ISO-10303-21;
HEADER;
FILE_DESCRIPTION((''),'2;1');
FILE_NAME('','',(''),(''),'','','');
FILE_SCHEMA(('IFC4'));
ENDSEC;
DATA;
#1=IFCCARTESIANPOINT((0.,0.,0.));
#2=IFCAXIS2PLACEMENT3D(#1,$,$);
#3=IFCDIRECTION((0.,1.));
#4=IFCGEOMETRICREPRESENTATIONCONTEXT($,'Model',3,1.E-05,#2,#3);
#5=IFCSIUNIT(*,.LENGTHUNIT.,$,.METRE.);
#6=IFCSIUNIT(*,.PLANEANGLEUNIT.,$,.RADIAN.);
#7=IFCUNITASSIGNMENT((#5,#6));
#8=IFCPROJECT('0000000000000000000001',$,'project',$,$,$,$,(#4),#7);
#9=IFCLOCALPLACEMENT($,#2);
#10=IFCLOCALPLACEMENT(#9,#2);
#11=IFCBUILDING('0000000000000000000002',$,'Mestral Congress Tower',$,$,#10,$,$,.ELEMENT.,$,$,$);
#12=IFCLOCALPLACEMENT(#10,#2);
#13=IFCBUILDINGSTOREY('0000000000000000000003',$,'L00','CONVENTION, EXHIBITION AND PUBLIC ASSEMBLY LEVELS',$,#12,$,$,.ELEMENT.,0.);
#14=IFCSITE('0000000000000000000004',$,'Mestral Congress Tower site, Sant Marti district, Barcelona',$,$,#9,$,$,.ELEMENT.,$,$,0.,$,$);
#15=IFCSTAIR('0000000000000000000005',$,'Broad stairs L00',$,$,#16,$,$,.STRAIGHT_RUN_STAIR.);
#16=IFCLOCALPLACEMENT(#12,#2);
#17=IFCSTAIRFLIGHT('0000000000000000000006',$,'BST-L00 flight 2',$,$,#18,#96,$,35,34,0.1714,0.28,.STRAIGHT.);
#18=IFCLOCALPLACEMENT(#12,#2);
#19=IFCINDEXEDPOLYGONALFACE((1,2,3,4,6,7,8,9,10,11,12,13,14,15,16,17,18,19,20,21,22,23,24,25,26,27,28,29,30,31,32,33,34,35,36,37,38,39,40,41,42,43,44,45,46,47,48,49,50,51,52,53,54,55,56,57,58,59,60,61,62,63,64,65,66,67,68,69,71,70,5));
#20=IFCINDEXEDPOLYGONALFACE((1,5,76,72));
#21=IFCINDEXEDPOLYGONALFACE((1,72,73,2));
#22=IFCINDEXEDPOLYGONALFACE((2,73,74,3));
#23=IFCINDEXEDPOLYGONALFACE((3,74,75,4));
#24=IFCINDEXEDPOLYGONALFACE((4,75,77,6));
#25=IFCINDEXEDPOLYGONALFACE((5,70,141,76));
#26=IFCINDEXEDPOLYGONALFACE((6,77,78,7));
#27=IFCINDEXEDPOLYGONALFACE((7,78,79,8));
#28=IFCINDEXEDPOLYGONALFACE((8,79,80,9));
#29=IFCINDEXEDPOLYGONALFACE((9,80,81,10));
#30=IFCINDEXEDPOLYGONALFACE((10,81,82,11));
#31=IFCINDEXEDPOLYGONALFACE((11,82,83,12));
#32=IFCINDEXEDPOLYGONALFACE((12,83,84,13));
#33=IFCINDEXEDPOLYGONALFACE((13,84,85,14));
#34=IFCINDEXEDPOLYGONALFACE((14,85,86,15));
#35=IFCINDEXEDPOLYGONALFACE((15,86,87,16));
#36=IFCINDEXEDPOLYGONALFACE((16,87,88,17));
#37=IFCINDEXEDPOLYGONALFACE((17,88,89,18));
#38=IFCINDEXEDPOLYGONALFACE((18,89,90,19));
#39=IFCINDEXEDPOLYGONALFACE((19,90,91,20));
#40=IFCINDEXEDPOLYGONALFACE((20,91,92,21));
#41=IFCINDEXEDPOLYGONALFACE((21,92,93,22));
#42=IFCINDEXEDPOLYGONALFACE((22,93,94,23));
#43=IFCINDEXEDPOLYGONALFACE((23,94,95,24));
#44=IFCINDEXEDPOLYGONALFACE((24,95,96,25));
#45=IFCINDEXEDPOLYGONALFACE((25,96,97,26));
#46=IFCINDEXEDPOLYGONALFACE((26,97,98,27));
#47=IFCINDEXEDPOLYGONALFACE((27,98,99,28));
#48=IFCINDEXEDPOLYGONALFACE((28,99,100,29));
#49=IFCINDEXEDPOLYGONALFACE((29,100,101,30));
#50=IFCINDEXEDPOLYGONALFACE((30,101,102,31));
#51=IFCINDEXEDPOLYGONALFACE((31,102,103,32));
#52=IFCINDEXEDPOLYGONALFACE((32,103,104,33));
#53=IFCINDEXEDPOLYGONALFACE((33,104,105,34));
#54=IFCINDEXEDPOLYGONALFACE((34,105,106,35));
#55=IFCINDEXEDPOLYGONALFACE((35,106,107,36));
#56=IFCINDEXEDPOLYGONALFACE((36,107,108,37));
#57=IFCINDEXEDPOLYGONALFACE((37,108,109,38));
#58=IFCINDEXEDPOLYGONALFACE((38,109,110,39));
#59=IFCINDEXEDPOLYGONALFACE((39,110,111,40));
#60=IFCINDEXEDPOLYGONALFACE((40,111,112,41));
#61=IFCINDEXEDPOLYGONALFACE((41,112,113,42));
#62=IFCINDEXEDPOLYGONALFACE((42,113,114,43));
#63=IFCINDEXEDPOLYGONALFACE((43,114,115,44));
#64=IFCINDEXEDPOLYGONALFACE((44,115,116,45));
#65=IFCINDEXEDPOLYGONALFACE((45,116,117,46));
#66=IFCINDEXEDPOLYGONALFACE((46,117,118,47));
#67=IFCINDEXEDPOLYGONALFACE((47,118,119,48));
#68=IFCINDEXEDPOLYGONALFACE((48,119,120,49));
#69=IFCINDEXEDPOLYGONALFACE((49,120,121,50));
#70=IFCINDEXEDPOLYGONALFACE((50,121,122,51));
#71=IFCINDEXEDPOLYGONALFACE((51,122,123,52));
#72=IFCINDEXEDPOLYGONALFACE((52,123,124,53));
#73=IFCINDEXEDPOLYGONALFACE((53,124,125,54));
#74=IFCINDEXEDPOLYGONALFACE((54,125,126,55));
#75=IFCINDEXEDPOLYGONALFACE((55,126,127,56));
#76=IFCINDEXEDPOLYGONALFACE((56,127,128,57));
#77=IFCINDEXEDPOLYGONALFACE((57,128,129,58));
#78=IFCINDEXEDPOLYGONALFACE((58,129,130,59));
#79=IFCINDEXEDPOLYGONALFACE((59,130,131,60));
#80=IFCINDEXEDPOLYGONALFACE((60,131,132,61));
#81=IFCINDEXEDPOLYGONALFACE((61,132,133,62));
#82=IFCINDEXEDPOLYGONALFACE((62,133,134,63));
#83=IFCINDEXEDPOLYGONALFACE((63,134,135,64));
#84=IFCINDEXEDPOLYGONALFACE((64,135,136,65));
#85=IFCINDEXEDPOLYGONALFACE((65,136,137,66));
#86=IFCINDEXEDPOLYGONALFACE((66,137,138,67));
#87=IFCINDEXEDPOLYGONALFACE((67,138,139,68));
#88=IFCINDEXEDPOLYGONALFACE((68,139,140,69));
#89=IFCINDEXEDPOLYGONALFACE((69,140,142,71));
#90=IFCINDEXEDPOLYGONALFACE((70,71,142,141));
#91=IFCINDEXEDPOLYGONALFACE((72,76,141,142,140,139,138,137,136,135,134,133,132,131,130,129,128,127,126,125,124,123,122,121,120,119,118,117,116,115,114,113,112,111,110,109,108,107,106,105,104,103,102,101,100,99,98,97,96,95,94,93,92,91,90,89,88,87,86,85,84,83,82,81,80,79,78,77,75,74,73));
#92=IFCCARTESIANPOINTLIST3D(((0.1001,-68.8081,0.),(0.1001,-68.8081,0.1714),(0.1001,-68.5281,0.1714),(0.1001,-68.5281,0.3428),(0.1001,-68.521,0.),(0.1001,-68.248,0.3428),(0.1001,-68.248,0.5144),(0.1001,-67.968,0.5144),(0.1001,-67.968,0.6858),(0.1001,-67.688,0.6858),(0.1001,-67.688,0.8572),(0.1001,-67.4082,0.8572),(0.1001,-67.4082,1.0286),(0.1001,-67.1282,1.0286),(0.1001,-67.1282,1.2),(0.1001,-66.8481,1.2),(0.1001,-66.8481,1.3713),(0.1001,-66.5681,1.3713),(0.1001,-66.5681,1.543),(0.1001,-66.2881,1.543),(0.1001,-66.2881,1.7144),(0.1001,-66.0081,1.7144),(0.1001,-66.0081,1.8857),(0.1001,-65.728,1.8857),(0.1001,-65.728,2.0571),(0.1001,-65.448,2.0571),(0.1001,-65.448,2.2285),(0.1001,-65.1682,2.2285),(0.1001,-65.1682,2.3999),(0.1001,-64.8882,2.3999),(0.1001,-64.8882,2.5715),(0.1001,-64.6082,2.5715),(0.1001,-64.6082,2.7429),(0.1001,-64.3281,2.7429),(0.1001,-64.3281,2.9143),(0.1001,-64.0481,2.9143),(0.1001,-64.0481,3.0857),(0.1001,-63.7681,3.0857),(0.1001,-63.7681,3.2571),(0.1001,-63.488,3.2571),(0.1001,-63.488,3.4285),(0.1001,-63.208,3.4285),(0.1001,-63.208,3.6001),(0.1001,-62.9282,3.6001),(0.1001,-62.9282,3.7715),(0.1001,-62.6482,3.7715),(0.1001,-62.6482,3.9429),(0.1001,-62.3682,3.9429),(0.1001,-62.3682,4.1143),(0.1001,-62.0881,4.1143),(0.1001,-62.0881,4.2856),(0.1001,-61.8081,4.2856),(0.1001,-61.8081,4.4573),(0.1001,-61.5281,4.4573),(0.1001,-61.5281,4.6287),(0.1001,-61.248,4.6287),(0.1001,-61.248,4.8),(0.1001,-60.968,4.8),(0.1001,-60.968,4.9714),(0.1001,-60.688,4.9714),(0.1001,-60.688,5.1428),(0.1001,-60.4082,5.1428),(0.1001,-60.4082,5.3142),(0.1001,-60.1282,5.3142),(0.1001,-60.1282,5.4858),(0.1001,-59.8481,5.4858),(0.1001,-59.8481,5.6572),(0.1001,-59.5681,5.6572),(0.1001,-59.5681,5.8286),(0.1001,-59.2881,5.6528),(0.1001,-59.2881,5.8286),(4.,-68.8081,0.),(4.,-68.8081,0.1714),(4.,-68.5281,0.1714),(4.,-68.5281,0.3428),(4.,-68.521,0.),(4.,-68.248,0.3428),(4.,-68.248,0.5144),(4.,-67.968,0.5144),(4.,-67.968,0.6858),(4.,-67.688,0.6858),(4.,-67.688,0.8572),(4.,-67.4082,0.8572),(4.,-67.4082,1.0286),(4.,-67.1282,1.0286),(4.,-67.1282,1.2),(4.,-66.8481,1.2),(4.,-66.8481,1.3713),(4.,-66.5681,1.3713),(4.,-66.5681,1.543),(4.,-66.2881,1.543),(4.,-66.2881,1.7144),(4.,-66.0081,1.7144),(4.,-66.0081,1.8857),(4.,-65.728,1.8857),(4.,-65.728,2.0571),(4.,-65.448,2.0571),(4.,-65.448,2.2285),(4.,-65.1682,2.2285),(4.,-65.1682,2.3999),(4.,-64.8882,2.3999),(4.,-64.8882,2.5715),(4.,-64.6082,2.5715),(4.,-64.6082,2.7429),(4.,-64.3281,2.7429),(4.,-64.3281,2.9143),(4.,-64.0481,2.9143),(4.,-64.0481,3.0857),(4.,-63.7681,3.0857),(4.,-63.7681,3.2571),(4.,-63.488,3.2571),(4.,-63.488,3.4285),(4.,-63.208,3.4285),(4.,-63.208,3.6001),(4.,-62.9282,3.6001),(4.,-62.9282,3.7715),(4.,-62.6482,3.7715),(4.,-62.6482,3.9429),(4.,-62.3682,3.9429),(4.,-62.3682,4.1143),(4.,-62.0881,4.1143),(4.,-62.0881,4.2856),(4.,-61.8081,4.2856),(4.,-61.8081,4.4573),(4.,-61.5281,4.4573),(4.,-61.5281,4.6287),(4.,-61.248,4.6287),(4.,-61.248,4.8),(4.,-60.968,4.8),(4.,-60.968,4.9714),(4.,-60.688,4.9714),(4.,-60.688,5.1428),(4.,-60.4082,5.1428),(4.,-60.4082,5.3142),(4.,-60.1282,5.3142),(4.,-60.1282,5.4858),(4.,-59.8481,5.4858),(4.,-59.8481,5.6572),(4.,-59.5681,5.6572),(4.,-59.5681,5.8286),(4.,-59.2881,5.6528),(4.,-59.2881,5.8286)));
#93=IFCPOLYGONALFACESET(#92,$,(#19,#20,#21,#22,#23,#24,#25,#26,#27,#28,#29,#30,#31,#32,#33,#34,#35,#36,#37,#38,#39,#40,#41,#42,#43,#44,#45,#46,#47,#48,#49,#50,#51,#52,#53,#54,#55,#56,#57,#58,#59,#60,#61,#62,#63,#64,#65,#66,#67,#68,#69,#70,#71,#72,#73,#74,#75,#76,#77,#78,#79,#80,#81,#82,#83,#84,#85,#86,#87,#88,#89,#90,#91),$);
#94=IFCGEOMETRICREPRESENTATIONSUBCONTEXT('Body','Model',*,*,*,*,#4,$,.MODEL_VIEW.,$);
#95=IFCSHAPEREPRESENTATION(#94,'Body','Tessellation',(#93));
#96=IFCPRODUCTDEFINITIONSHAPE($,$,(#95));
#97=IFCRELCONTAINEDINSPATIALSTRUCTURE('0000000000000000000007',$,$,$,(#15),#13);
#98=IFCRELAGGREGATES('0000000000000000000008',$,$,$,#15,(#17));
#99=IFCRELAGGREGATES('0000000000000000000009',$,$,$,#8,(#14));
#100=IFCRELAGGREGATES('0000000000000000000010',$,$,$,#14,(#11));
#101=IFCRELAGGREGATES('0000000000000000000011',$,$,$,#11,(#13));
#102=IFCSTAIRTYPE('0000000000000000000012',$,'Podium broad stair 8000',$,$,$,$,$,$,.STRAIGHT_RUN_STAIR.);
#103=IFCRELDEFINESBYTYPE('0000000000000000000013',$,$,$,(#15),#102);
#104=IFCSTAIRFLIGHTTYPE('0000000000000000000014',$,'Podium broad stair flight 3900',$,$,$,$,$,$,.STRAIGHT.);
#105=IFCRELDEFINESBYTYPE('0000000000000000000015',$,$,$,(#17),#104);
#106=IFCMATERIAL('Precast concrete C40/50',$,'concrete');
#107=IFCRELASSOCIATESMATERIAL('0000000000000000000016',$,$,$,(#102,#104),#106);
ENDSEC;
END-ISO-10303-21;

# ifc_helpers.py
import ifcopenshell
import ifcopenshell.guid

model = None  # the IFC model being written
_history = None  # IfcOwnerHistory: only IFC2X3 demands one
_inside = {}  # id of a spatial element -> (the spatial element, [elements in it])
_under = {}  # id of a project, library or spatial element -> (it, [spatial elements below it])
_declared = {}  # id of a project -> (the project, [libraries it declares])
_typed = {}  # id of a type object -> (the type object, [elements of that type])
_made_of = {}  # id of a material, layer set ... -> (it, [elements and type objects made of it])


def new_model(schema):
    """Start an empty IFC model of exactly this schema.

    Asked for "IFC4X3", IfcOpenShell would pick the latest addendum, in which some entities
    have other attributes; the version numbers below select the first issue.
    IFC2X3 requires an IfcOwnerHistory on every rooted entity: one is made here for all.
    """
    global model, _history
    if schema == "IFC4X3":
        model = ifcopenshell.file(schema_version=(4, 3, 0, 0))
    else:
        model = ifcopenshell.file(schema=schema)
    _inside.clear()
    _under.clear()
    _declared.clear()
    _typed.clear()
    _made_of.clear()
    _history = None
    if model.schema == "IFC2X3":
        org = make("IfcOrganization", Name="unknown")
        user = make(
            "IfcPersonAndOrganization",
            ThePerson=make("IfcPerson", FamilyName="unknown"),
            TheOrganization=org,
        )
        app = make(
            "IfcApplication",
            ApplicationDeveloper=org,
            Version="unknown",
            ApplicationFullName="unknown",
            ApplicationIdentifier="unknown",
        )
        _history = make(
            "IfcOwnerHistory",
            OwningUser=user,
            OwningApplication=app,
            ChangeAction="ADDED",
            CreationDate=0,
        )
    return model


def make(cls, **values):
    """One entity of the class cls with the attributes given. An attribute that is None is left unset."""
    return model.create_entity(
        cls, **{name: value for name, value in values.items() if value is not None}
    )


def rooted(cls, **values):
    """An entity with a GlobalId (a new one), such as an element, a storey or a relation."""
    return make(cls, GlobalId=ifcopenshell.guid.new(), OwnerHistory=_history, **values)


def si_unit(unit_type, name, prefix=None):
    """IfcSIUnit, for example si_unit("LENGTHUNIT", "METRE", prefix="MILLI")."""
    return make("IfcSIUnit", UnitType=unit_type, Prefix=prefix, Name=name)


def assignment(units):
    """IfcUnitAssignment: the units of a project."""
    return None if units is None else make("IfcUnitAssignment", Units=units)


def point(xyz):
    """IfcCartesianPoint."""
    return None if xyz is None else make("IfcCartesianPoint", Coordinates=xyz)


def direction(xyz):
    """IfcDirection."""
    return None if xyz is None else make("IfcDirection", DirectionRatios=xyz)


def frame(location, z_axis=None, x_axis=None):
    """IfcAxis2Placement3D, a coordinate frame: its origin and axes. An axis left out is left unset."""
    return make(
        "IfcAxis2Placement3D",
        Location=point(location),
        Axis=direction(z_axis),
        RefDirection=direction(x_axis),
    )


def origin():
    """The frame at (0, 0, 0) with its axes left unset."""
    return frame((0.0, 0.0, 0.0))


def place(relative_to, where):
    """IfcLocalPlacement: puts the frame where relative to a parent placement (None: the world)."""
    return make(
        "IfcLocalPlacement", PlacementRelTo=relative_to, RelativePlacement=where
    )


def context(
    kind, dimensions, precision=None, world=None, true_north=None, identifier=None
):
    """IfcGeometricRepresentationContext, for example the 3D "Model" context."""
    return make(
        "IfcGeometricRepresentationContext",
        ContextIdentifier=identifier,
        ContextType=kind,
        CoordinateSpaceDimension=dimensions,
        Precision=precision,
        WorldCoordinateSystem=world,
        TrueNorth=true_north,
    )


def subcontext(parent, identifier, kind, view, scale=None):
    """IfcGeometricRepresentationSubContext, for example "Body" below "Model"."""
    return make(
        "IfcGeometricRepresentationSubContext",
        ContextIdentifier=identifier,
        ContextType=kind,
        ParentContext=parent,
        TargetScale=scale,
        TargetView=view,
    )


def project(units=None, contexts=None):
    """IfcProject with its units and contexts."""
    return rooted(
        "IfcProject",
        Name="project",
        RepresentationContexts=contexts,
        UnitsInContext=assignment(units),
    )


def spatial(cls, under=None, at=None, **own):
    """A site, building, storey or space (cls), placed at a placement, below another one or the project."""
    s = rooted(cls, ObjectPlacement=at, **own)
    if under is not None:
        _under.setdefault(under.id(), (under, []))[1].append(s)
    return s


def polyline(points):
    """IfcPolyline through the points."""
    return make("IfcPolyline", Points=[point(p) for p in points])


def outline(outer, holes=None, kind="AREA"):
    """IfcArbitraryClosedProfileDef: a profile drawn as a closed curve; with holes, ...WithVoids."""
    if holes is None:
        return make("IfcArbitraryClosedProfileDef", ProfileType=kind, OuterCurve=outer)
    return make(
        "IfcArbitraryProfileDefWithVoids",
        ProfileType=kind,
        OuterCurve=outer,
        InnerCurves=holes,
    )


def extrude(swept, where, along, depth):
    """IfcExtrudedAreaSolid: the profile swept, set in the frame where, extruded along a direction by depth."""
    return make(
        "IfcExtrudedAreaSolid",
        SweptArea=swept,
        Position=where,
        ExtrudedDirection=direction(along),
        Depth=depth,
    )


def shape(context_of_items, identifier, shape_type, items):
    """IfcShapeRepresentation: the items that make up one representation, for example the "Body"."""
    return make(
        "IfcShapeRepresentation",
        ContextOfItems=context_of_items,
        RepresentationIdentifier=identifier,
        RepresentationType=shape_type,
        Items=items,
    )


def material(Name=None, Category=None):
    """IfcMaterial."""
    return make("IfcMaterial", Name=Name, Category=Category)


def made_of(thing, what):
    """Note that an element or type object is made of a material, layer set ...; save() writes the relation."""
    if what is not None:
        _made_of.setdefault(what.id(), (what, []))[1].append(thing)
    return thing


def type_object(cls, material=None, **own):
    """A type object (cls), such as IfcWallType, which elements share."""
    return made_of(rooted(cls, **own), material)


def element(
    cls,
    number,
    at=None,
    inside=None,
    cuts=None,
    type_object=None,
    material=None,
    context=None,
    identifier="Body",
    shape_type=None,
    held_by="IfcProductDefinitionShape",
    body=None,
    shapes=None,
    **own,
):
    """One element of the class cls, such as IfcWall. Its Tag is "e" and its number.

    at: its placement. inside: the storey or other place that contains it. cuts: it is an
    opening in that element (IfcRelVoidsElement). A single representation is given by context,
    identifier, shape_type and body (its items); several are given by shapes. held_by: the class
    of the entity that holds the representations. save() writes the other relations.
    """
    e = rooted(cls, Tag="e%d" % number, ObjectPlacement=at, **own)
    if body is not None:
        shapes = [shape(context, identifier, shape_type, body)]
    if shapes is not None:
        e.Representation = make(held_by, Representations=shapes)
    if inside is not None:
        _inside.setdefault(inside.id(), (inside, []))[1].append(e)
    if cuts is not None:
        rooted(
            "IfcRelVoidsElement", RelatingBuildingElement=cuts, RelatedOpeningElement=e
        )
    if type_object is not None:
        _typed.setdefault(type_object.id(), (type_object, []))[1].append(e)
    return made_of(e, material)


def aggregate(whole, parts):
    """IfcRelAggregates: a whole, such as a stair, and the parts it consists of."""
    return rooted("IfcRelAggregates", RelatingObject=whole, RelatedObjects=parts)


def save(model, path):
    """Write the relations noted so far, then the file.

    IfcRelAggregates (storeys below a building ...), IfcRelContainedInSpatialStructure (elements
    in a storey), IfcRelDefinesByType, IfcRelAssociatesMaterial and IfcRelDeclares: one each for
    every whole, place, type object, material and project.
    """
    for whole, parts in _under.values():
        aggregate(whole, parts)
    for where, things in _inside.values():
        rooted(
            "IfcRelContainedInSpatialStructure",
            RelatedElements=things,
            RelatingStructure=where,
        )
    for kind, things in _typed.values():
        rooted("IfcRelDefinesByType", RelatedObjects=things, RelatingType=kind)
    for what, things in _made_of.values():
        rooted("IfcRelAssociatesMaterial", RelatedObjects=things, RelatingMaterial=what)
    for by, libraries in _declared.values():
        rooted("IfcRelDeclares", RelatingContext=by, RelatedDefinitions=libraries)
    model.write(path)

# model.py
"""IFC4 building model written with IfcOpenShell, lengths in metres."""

from ifc_helpers import new_model, si_unit, direction, frame, origin, place, context, subcontext, project, spatial, polyline, outline, extrude, material, type_object, element, aggregate, save


model = new_model("IFC4")

# Units and contexts
model_context = context("Model", 3, precision=1e-05, world=origin(), true_north=direction((0.0, 1.0)))
body_context = subcontext(model_context, "Body", "Model", "MODEL_VIEW")
ifc_project = project(units=[si_unit("LENGTHUNIT", "METRE"), si_unit("PLANEANGLEUNIT", "RADIAN")], contexts=[model_context])

# Site, building, storey
site_placement = place(None, origin())
site = spatial("IfcSite", under=ifc_project, at=site_placement, Name="Mestral Congress Tower site, Sant Marti district, Barcelona", CompositionType="ELEMENT", RefElevation=0.0)
building_placement = place(site_placement, origin())
building = spatial("IfcBuilding", under=site, at=building_placement, Name="Mestral Congress Tower", CompositionType="ELEMENT")
storey_placement = place(building_placement, origin())
storey = spatial("IfcBuildingStorey", under=building, at=storey_placement, Name="L00", Description="CONVENTION, EXHIBITION AND PUBLIC ASSEMBLY LEVELS", CompositionType="ELEMENT", Elevation=0.0)

# Stair, stair flight
ifc_material_1 = material(Name="Precast concrete C40/50", Category="concrete")
stair_type = type_object("IfcStairType", Name="Podium broad stair 8000", PredefinedType="STRAIGHT_RUN_STAIR", material=ifc_material_1)
stair_placement = place(storey_placement, origin())
stair = element("IfcStair", 1, at=stair_placement, inside=storey, type_object=stair_type, Name="Broad stairs L00", PredefinedType="STRAIGHT_RUN_STAIR")
stair_flight_type = type_object("IfcStairFlightType", Name="Podium broad stair flight 3900", PredefinedType="STRAIGHT", material=ifc_material_1)
stair_flight_placement = place(storey_placement, frame((2.05, -68.8081, 0.0), z_axis=(0.0, 0.0, 1.0), x_axis=(0.0, 1.0, 0.0)))
stair_flight = element("IfcStairFlight", 2, at=stair_flight_placement, type_object=stair_flight_type, Name="BST-L00 flight 2", NumberOfRisers=35, NumberOfTreads=34, PredefinedType="STRAIGHT", RiserHeight=0.1714, TreadLength=0.28, context=body_context, shape_type="SweptSolid", body=[
    extrude(outline(polyline([(0.0, 0.0), (0.0, 0.1714), (0.28, 0.1714), (0.28, 0.3428), (0.5601, 0.3428), (0.5601, 0.5144), (0.8401, 0.5144), (0.8401, 0.6858), (1.1201, 0.6858), (1.1201, 0.8572), (1.3999, 0.8572), (1.3999, 1.0286), (1.6799, 1.0286), (1.6799, 1.2), (1.96, 1.2), (1.96, 1.3713), (2.24, 1.3713), (2.24, 1.543), (2.52, 1.543), (2.52, 1.7144), (2.8, 1.7144), (2.8, 1.8857), (3.0801, 1.8857), (3.0801, 2.0571), (3.3601, 2.0571), (3.3601, 2.2285), (3.6399, 2.2285), (3.6399, 2.3999), (3.9199, 2.3999), (3.9199, 2.5715), (4.2, 2.5715), (4.2, 2.7429), (4.48, 2.7429), (4.48, 2.9143), (4.76, 2.9143), (4.76, 3.0857), (5.04, 3.0857), (5.04, 3.2571), (5.3201, 3.2571), (5.3201, 3.4285), (5.6001, 3.4285), (5.6001, 3.6001), (5.8799, 3.6001), (5.8799, 3.7715), (6.1599, 3.7715), (6.1599, 3.9429), (6.4399, 3.9429), (6.4399, 4.1143), (6.72, 4.1143), (6.72, 4.2856), (7.0, 4.2856), (7.0, 4.4573), (7.28, 4.4573), (7.28, 4.6287), (7.5601, 4.6287), (7.5601, 4.8), (7.8401, 4.8), (7.8401, 4.9714), (8.1201, 4.9714), (8.1201, 5.1428), (8.3999, 5.1428), (8.3999, 5.3142), (8.6799, 5.3142), (8.6799, 5.4858), (8.96, 5.4858), (8.96, 5.6572), (9.24, 5.6572), (9.24, 5.8286), (9.52, 5.8286), (9.52, 6.0), (9.52, 5.6528), (0.2871, 0.0), (0.0, 0.0)])), frame((0.0, 1.95, 0.0), z_axis=(0.0, -1.0, 0.0), x_axis=(1.0, 0.0, 0.0)), (0.0, 0.0, 1.0), 3.8999),
])
aggregate(stair, [stair_flight])

save(model, "model.ifc")
